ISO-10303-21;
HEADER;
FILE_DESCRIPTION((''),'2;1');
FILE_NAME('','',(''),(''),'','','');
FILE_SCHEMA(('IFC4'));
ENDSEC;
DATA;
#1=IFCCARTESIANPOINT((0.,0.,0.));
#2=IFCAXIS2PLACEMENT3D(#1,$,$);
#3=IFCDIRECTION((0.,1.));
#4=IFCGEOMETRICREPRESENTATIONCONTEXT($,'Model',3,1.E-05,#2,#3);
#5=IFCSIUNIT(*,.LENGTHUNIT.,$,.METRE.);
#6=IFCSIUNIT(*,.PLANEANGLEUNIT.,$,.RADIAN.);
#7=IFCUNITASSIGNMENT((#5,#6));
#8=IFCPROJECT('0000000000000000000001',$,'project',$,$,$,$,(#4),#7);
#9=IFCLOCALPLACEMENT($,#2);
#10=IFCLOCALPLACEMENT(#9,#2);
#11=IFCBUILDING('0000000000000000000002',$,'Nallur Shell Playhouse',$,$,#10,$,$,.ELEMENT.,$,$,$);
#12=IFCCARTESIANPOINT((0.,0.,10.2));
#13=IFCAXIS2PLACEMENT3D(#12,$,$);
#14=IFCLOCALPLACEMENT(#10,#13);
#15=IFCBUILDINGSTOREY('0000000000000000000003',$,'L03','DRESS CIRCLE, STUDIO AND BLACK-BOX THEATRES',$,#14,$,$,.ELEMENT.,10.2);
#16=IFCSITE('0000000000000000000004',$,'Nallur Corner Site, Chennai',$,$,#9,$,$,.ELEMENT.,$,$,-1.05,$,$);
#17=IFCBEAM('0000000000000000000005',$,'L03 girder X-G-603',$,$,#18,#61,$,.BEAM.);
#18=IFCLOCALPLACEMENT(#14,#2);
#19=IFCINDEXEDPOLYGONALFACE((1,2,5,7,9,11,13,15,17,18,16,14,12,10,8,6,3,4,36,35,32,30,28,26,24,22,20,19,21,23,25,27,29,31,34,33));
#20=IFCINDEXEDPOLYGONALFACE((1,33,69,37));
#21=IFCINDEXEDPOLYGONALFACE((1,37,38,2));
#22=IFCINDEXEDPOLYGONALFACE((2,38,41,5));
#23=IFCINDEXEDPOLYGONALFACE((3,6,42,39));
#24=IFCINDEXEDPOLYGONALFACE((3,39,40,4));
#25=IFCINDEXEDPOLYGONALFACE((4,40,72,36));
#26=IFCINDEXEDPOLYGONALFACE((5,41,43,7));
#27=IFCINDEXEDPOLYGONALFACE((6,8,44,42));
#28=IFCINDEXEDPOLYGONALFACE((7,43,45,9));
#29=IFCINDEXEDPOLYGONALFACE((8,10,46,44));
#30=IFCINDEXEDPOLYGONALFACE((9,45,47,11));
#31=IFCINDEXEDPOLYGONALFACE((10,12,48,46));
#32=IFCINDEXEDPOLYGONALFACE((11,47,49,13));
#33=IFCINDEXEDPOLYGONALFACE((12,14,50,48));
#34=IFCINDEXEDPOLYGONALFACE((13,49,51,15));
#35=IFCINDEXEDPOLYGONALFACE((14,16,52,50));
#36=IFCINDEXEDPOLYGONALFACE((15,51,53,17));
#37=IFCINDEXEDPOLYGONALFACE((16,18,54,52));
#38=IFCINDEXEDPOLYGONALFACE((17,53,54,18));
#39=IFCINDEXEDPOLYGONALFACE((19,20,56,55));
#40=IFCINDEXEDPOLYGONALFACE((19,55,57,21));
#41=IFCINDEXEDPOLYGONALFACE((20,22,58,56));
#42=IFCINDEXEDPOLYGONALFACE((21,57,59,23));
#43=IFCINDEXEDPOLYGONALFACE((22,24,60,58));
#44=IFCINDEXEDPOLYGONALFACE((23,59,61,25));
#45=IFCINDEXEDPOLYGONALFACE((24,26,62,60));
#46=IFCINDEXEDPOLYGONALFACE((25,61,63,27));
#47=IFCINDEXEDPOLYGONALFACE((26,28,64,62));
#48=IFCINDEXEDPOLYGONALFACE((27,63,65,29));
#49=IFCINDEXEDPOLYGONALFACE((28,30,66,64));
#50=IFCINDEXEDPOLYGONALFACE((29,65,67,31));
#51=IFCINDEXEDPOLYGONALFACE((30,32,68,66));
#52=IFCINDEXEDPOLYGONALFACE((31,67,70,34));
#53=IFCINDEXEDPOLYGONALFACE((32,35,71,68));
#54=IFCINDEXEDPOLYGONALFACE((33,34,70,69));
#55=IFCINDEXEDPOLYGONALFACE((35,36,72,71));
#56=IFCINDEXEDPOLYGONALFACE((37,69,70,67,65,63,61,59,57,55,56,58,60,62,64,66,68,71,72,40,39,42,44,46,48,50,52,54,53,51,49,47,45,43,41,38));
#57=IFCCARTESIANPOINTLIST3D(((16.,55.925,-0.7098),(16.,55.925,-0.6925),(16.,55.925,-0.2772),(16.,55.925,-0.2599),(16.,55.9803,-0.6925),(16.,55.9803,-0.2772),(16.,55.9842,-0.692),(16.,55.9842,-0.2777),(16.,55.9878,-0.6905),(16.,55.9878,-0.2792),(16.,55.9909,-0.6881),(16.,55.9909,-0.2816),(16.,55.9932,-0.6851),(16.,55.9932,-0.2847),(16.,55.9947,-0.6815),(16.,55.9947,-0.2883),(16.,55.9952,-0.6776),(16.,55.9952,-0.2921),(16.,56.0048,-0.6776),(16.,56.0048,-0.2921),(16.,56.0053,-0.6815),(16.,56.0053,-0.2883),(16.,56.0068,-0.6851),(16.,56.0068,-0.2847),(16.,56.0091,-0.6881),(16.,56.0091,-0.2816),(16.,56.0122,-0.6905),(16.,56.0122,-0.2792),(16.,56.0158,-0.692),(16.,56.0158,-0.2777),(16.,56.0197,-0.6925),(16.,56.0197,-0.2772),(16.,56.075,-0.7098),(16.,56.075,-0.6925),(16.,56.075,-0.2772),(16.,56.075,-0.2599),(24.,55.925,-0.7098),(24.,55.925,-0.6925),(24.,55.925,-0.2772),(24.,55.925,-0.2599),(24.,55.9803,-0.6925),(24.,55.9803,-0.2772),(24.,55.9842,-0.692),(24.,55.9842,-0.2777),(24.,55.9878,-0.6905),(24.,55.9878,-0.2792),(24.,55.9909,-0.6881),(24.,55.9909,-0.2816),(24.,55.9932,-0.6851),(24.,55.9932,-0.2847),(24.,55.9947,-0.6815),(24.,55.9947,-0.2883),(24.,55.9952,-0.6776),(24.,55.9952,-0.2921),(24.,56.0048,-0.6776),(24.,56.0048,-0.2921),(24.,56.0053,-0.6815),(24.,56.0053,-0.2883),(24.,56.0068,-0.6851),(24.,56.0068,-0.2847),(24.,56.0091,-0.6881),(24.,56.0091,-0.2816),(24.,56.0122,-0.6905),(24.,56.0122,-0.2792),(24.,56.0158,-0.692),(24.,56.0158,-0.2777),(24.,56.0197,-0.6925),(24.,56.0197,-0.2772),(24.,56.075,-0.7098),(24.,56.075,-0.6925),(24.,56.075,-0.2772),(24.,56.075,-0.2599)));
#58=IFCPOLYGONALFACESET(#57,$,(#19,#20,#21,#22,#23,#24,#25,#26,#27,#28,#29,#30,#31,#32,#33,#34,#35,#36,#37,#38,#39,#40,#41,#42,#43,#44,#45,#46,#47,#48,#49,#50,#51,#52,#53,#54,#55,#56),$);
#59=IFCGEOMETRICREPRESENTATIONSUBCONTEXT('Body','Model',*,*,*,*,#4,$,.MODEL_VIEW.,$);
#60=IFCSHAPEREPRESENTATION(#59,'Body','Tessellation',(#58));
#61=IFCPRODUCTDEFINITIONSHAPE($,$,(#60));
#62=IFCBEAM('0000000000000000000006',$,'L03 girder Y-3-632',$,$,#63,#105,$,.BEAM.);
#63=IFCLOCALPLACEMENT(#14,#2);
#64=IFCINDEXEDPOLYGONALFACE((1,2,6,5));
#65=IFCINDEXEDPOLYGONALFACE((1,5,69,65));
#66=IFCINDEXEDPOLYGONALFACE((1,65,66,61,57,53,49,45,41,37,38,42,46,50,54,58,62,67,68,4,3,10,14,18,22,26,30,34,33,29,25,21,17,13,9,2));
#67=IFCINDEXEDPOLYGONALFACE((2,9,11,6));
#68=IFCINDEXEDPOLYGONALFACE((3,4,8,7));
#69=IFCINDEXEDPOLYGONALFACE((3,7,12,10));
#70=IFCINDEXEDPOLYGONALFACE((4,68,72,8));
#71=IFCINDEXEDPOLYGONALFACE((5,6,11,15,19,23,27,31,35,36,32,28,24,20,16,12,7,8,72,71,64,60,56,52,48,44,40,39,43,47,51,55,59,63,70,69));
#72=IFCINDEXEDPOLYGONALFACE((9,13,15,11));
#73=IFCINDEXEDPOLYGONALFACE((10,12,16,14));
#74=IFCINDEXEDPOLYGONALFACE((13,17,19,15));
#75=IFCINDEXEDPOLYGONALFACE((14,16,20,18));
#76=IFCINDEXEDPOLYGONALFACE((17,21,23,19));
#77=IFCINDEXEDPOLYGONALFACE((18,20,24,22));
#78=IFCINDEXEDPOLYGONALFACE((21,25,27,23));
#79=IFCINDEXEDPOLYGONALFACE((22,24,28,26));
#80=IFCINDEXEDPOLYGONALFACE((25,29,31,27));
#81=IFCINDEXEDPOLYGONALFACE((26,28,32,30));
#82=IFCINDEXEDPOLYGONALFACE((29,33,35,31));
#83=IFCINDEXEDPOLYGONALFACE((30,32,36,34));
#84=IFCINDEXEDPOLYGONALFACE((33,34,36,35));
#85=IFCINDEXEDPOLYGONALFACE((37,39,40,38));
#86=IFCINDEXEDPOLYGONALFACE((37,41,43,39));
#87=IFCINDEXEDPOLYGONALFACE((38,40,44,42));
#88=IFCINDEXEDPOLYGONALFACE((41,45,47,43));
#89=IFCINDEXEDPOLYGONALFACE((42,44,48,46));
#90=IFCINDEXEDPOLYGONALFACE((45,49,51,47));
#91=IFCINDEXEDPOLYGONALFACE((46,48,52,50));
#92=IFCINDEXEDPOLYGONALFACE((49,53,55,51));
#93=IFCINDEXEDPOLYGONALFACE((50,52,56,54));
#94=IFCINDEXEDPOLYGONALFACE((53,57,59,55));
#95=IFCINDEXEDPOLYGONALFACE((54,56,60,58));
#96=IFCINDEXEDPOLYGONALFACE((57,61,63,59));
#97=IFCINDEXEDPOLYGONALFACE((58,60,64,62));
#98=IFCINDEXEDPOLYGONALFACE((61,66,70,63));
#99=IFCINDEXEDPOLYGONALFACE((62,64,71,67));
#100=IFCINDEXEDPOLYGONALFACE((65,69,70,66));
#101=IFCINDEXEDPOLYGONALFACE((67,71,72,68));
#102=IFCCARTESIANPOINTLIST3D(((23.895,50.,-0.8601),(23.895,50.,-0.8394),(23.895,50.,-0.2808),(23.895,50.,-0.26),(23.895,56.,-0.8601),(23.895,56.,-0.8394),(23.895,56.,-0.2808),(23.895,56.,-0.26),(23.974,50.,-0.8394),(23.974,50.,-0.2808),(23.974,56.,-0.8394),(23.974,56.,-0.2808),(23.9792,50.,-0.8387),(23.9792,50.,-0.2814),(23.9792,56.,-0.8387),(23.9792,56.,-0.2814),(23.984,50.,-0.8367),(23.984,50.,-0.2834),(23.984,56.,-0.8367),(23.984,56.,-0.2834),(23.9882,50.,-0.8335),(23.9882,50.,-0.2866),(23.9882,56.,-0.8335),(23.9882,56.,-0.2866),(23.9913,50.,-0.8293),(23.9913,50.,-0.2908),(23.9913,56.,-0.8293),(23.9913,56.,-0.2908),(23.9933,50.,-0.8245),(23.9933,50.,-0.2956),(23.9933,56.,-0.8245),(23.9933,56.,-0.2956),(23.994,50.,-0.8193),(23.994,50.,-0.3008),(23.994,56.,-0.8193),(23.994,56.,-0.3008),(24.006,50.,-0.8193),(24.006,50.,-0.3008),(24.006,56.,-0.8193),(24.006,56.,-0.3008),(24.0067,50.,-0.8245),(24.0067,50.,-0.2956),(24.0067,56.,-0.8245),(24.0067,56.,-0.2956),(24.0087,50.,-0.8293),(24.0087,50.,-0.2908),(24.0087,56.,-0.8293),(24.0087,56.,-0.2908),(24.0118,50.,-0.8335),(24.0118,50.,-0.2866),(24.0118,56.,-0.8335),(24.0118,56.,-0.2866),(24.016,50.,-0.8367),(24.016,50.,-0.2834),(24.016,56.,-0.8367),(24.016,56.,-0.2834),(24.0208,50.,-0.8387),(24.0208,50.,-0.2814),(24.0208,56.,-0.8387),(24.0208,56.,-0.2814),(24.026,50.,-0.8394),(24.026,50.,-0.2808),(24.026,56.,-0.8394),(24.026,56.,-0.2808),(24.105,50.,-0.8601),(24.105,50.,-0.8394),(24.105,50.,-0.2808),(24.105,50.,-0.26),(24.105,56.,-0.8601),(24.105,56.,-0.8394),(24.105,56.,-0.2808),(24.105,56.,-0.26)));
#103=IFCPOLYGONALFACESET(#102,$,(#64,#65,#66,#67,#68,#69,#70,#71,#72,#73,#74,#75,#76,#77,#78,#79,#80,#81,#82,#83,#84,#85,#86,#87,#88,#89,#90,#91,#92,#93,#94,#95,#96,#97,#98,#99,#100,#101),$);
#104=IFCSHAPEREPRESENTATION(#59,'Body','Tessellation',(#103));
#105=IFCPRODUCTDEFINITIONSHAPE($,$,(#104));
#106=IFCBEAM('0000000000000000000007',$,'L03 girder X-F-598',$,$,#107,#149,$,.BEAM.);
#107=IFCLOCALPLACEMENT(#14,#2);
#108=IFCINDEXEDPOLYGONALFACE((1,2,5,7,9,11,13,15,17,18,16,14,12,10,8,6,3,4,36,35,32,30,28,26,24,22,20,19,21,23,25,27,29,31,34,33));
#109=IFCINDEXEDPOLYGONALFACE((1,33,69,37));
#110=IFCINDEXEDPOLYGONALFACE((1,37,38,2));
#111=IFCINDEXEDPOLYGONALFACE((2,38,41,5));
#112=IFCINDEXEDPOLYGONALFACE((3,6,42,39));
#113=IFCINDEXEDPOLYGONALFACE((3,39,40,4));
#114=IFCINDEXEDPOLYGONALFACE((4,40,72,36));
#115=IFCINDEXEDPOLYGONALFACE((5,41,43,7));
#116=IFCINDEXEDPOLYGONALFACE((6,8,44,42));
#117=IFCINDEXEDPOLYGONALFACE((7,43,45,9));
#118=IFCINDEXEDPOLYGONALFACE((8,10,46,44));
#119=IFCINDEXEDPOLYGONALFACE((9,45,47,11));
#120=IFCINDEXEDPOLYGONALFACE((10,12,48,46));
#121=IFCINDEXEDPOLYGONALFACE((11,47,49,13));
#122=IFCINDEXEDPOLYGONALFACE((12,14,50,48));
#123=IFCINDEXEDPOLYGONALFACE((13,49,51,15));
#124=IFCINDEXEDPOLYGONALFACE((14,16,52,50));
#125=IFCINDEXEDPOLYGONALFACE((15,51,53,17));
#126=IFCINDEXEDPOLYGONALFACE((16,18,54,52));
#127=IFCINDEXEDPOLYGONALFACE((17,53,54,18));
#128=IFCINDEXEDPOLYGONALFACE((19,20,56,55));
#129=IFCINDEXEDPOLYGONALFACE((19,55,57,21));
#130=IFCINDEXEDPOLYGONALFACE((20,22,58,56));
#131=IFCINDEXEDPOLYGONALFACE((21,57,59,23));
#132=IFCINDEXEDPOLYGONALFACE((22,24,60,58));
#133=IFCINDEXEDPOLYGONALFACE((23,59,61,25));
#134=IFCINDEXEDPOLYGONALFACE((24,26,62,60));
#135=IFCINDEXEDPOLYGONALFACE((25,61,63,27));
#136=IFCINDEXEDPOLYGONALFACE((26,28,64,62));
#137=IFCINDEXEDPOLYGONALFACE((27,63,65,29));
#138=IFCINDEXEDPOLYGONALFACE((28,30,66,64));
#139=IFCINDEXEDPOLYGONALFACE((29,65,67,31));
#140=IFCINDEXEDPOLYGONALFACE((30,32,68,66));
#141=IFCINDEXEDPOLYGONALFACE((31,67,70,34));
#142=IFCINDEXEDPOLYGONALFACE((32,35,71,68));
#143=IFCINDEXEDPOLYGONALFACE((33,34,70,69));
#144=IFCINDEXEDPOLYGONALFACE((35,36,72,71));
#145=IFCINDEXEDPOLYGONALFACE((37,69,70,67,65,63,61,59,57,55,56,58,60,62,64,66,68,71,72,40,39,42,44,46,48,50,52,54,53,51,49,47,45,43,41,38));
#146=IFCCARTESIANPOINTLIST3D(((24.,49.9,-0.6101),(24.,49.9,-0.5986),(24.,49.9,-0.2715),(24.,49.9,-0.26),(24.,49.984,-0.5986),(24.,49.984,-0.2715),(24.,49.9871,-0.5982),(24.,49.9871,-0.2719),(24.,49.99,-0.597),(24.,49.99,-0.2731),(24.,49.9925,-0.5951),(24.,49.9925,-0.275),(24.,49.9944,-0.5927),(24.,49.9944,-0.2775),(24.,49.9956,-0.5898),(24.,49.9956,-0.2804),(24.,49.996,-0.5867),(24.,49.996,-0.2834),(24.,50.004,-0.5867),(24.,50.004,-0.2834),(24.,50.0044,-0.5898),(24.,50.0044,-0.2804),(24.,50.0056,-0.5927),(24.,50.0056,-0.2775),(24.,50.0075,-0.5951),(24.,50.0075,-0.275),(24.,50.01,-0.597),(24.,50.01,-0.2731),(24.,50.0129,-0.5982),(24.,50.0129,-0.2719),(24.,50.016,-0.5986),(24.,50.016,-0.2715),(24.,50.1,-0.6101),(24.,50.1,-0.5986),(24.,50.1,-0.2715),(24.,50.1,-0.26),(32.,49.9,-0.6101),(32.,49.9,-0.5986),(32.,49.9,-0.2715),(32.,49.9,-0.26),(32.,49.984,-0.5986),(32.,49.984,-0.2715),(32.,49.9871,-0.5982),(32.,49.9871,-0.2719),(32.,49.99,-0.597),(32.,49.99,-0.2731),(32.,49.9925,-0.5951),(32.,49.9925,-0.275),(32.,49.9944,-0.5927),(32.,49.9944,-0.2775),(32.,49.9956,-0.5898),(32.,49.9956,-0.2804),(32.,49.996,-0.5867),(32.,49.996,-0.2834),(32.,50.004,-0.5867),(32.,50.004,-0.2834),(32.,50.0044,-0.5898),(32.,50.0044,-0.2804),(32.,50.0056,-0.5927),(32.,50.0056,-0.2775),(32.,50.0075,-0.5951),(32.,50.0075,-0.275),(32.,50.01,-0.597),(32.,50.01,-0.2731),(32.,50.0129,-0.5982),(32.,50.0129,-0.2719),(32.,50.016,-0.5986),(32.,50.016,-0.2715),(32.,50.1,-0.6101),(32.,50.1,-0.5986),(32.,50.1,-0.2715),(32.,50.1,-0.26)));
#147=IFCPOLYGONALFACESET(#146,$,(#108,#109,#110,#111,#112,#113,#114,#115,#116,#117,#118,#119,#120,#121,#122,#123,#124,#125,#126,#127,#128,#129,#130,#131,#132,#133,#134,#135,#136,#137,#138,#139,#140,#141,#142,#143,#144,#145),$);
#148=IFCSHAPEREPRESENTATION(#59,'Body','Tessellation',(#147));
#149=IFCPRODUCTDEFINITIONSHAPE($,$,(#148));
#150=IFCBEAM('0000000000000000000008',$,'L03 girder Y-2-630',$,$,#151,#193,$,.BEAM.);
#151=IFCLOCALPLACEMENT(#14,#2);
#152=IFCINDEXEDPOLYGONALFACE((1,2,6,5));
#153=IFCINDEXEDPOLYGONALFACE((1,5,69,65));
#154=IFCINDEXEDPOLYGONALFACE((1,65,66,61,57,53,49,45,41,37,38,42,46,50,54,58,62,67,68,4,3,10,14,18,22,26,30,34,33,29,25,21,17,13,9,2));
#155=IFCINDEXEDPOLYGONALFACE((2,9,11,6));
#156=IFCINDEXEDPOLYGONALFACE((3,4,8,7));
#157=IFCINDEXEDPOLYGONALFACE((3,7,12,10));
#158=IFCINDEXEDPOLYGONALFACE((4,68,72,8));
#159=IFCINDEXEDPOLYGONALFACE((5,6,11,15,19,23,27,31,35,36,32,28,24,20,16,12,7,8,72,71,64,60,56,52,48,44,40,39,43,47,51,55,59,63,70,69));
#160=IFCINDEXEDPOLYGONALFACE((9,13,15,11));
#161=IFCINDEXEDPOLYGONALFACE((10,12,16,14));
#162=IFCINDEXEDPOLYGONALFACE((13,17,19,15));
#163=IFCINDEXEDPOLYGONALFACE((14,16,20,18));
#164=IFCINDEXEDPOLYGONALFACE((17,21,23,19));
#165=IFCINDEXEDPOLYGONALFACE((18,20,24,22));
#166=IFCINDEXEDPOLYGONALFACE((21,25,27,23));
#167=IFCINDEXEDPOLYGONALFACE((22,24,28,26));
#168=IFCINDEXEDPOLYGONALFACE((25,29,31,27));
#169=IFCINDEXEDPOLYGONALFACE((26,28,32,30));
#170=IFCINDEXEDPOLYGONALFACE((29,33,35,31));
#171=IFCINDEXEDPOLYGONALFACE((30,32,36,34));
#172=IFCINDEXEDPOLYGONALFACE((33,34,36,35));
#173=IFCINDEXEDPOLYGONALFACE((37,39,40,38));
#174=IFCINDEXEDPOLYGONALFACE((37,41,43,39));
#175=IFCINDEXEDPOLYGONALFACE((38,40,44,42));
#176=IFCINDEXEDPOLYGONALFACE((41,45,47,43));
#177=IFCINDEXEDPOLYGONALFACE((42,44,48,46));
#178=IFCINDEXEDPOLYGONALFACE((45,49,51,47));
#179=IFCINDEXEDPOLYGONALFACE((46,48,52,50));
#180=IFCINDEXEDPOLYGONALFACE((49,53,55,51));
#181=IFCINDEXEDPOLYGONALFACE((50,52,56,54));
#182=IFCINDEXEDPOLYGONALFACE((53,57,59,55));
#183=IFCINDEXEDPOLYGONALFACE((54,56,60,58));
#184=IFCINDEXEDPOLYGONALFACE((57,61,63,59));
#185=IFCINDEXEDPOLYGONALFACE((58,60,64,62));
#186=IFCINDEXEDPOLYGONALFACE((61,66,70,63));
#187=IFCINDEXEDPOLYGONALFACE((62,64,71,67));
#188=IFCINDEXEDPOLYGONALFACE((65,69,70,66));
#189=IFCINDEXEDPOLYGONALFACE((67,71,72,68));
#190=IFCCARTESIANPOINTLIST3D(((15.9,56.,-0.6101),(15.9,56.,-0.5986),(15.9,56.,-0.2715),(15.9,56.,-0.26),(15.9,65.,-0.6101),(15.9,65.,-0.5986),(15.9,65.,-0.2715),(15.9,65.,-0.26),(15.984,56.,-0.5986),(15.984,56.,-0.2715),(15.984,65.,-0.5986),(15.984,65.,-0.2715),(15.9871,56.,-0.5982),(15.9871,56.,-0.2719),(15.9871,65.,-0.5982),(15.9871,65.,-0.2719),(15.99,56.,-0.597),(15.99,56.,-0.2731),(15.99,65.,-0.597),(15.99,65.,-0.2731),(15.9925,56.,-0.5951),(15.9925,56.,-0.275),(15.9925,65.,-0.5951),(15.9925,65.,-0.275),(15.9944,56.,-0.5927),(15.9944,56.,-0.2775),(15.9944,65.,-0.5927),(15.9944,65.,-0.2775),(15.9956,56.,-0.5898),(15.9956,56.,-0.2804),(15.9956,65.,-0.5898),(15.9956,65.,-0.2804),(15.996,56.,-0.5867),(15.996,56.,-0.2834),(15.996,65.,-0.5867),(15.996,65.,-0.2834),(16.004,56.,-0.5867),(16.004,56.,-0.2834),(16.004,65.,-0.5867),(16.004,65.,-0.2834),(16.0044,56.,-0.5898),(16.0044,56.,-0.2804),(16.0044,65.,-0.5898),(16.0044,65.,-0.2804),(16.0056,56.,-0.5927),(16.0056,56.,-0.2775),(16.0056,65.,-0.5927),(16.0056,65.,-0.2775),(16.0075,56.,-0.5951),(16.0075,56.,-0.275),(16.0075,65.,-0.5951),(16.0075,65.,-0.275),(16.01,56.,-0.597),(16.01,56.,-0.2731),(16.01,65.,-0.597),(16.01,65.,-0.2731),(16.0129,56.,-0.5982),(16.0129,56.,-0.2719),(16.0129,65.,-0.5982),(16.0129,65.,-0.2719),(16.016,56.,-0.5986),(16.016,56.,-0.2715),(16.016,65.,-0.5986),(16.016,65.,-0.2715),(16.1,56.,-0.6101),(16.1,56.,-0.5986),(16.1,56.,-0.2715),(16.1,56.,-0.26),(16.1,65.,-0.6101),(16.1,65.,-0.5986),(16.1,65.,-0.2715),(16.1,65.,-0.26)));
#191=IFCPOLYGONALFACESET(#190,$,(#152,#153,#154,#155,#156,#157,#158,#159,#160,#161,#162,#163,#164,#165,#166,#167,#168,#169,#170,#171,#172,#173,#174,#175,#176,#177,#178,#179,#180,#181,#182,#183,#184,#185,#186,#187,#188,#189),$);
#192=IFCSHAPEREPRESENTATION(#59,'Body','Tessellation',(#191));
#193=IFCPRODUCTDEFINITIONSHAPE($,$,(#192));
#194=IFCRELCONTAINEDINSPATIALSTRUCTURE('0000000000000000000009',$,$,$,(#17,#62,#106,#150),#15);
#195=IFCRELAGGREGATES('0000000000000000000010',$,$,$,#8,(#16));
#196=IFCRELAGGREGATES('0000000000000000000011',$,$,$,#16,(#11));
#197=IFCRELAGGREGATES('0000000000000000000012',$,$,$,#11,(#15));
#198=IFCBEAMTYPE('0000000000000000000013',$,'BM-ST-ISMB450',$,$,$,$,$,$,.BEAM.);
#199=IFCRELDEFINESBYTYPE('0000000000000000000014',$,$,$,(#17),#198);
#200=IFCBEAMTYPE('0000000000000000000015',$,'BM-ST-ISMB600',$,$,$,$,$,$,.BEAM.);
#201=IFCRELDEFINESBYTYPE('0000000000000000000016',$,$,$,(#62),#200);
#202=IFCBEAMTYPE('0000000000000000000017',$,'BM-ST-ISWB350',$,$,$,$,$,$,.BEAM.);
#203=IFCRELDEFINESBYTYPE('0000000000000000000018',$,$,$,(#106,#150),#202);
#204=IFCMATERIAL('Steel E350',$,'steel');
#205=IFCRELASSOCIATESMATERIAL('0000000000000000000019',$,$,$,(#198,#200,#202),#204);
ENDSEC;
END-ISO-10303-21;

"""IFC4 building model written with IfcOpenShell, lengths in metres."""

from ifc_helpers import new_model, si_unit, direction, frame, origin, origin_2d, place, context, subcontext, project, spatial, i_section, extrude, material, material_profile, profile_set, type_object, element, save


model = new_model("IFC4")

# Units and contexts
model_context = context("Model", 3, precision=1e-05, world=origin(), true_north=direction((0.0, 1.0)))
body_context = subcontext(model_context, "Body", "Model", "MODEL_VIEW")
ifc_project = project(units=[si_unit("LENGTHUNIT", "METRE"), si_unit("PLANEANGLEUNIT", "RADIAN")], contexts=[model_context])

# Site, building, storey
site_placement = place(None, origin())
site = spatial("IfcSite", under=ifc_project, at=site_placement, Name="Nallur Corner Site, Chennai", CompositionType="ELEMENT", RefElevation=-1.05)
building_placement = place(site_placement, origin())
building = spatial("IfcBuilding", under=site, at=building_placement, Name="Nallur Shell Playhouse", CompositionType="ELEMENT")
storey_placement = place(building_placement, frame((0.0, 0.0, 10.2)))
storey = spatial("IfcBuildingStorey", under=building, at=storey_placement, Name="L03", Description="DRESS CIRCLE, STUDIO AND BLACK-BOX THEATRES", CompositionType="ELEMENT", Elevation=10.2)

# Beams
ifc_material_1 = material(Name="Steel E350", Category="steel")
ifc_material_profile_1 = material_profile(ifc_material_1, i_section(OverallWidth=0.1499, OverallDepth=0.45, WebThickness=0.0095, FlangeThickness=0.0173, FilletRadius=0.0149, at=origin_2d()), Name="ISMB 450")
ifc_profile_set_1 = profile_set([ifc_material_profile_1], Name="Steel E350")
beam_type_1 = type_object("IfcBeamType", Name="BM-ST-ISMB450", PredefinedType="BEAM", material=ifc_profile_set_1)
beam_1_placement = place(storey_placement, frame((16.0, 56.0, -0.4849), z_axis=(1.0, 0.0, 0.0), x_axis=(0.0, 1.0, 0.0)))
element("IfcBeam", 1, at=beam_1_placement, inside=storey, type_object=beam_type_1, Name="L03 girder X-G-603", PredefinedType="BEAM", context=body_context, shape_type="SweptSolid", body=[
    extrude(i_section(OverallWidth=0.1499, OverallDepth=0.45, WebThickness=0.0095, FlangeThickness=0.0173, FilletRadius=0.0149, at=origin_2d()), origin(), (0.0, 0.0, 1.0), 8.0),
])
ifc_material_profile_2 = material_profile(ifc_material_1, i_section(OverallWidth=0.21, OverallDepth=0.6001, WebThickness=0.012, FlangeThickness=0.0208, FilletRadius=0.02, at=origin_2d()), Name="ISMB 600")
ifc_profile_set_2 = profile_set([ifc_material_profile_2], Name="Steel E350")
beam_type_2 = type_object("IfcBeamType", Name="BM-ST-ISMB600", PredefinedType="BEAM", material=ifc_profile_set_2)
beam_2_placement = place(storey_placement, frame((24.0, 50.0, -0.5601), z_axis=(0.0, 1.0, 0.0), x_axis=(-1.0, 0.0, 0.0)))
element("IfcBeam", 2, at=beam_2_placement, inside=storey, type_object=beam_type_2, Name="L03 girder Y-3-632", PredefinedType="BEAM", context=body_context, shape_type="SweptSolid", body=[
    extrude(i_section(OverallWidth=0.21, OverallDepth=0.6001, WebThickness=0.012, FlangeThickness=0.0208, FilletRadius=0.02, at=origin_2d()), origin(), (0.0, 0.0, 1.0), 6.0),
])
ifc_material_profile_3 = material_profile(ifc_material_1, i_section(OverallWidth=0.2, OverallDepth=0.3501, WebThickness=0.0081, FlangeThickness=0.0115, FilletRadius=0.012, at=origin_2d()), Name="ISWB 350")
ifc_profile_set_3 = profile_set([ifc_material_profile_3], Name="Steel E350")
beam_type_3 = type_object("IfcBeamType", Name="BM-ST-ISWB350", PredefinedType="BEAM", material=ifc_profile_set_3)
beam_3_placement = place(storey_placement, frame((24.0, 50.0, -0.4351), z_axis=(1.0, 0.0, 0.0), x_axis=(0.0, 1.0, 0.0)))
element("IfcBeam", 3, at=beam_3_placement, inside=storey, type_object=beam_type_3, Name="L03 girder X-F-598", PredefinedType="BEAM", context=body_context, shape_type="SweptSolid", body=[
    extrude(i_section(OverallWidth=0.2, OverallDepth=0.3501, WebThickness=0.0081, FlangeThickness=0.0115, FilletRadius=0.012, at=origin_2d()), origin(), (0.0, 0.0, 1.0), 8.0),
])
beam_4_placement = place(storey_placement, frame((16.0, 56.0, -0.4351), z_axis=(0.0, 1.0, 0.0), x_axis=(-1.0, 0.0, 0.0)))
element("IfcBeam", 4, at=beam_4_placement, inside=storey, type_object=beam_type_3, Name="L03 girder Y-2-630", PredefinedType="BEAM", context=body_context, shape_type="SweptSolid", body=[
    extrude(i_section(OverallWidth=0.2, OverallDepth=0.3501, WebThickness=0.0081, FlangeThickness=0.0115, FilletRadius=0.012, at=origin_2d()), origin(), (0.0, 0.0, 1.0), 9.0),
])

save(model, "model.ifc")
